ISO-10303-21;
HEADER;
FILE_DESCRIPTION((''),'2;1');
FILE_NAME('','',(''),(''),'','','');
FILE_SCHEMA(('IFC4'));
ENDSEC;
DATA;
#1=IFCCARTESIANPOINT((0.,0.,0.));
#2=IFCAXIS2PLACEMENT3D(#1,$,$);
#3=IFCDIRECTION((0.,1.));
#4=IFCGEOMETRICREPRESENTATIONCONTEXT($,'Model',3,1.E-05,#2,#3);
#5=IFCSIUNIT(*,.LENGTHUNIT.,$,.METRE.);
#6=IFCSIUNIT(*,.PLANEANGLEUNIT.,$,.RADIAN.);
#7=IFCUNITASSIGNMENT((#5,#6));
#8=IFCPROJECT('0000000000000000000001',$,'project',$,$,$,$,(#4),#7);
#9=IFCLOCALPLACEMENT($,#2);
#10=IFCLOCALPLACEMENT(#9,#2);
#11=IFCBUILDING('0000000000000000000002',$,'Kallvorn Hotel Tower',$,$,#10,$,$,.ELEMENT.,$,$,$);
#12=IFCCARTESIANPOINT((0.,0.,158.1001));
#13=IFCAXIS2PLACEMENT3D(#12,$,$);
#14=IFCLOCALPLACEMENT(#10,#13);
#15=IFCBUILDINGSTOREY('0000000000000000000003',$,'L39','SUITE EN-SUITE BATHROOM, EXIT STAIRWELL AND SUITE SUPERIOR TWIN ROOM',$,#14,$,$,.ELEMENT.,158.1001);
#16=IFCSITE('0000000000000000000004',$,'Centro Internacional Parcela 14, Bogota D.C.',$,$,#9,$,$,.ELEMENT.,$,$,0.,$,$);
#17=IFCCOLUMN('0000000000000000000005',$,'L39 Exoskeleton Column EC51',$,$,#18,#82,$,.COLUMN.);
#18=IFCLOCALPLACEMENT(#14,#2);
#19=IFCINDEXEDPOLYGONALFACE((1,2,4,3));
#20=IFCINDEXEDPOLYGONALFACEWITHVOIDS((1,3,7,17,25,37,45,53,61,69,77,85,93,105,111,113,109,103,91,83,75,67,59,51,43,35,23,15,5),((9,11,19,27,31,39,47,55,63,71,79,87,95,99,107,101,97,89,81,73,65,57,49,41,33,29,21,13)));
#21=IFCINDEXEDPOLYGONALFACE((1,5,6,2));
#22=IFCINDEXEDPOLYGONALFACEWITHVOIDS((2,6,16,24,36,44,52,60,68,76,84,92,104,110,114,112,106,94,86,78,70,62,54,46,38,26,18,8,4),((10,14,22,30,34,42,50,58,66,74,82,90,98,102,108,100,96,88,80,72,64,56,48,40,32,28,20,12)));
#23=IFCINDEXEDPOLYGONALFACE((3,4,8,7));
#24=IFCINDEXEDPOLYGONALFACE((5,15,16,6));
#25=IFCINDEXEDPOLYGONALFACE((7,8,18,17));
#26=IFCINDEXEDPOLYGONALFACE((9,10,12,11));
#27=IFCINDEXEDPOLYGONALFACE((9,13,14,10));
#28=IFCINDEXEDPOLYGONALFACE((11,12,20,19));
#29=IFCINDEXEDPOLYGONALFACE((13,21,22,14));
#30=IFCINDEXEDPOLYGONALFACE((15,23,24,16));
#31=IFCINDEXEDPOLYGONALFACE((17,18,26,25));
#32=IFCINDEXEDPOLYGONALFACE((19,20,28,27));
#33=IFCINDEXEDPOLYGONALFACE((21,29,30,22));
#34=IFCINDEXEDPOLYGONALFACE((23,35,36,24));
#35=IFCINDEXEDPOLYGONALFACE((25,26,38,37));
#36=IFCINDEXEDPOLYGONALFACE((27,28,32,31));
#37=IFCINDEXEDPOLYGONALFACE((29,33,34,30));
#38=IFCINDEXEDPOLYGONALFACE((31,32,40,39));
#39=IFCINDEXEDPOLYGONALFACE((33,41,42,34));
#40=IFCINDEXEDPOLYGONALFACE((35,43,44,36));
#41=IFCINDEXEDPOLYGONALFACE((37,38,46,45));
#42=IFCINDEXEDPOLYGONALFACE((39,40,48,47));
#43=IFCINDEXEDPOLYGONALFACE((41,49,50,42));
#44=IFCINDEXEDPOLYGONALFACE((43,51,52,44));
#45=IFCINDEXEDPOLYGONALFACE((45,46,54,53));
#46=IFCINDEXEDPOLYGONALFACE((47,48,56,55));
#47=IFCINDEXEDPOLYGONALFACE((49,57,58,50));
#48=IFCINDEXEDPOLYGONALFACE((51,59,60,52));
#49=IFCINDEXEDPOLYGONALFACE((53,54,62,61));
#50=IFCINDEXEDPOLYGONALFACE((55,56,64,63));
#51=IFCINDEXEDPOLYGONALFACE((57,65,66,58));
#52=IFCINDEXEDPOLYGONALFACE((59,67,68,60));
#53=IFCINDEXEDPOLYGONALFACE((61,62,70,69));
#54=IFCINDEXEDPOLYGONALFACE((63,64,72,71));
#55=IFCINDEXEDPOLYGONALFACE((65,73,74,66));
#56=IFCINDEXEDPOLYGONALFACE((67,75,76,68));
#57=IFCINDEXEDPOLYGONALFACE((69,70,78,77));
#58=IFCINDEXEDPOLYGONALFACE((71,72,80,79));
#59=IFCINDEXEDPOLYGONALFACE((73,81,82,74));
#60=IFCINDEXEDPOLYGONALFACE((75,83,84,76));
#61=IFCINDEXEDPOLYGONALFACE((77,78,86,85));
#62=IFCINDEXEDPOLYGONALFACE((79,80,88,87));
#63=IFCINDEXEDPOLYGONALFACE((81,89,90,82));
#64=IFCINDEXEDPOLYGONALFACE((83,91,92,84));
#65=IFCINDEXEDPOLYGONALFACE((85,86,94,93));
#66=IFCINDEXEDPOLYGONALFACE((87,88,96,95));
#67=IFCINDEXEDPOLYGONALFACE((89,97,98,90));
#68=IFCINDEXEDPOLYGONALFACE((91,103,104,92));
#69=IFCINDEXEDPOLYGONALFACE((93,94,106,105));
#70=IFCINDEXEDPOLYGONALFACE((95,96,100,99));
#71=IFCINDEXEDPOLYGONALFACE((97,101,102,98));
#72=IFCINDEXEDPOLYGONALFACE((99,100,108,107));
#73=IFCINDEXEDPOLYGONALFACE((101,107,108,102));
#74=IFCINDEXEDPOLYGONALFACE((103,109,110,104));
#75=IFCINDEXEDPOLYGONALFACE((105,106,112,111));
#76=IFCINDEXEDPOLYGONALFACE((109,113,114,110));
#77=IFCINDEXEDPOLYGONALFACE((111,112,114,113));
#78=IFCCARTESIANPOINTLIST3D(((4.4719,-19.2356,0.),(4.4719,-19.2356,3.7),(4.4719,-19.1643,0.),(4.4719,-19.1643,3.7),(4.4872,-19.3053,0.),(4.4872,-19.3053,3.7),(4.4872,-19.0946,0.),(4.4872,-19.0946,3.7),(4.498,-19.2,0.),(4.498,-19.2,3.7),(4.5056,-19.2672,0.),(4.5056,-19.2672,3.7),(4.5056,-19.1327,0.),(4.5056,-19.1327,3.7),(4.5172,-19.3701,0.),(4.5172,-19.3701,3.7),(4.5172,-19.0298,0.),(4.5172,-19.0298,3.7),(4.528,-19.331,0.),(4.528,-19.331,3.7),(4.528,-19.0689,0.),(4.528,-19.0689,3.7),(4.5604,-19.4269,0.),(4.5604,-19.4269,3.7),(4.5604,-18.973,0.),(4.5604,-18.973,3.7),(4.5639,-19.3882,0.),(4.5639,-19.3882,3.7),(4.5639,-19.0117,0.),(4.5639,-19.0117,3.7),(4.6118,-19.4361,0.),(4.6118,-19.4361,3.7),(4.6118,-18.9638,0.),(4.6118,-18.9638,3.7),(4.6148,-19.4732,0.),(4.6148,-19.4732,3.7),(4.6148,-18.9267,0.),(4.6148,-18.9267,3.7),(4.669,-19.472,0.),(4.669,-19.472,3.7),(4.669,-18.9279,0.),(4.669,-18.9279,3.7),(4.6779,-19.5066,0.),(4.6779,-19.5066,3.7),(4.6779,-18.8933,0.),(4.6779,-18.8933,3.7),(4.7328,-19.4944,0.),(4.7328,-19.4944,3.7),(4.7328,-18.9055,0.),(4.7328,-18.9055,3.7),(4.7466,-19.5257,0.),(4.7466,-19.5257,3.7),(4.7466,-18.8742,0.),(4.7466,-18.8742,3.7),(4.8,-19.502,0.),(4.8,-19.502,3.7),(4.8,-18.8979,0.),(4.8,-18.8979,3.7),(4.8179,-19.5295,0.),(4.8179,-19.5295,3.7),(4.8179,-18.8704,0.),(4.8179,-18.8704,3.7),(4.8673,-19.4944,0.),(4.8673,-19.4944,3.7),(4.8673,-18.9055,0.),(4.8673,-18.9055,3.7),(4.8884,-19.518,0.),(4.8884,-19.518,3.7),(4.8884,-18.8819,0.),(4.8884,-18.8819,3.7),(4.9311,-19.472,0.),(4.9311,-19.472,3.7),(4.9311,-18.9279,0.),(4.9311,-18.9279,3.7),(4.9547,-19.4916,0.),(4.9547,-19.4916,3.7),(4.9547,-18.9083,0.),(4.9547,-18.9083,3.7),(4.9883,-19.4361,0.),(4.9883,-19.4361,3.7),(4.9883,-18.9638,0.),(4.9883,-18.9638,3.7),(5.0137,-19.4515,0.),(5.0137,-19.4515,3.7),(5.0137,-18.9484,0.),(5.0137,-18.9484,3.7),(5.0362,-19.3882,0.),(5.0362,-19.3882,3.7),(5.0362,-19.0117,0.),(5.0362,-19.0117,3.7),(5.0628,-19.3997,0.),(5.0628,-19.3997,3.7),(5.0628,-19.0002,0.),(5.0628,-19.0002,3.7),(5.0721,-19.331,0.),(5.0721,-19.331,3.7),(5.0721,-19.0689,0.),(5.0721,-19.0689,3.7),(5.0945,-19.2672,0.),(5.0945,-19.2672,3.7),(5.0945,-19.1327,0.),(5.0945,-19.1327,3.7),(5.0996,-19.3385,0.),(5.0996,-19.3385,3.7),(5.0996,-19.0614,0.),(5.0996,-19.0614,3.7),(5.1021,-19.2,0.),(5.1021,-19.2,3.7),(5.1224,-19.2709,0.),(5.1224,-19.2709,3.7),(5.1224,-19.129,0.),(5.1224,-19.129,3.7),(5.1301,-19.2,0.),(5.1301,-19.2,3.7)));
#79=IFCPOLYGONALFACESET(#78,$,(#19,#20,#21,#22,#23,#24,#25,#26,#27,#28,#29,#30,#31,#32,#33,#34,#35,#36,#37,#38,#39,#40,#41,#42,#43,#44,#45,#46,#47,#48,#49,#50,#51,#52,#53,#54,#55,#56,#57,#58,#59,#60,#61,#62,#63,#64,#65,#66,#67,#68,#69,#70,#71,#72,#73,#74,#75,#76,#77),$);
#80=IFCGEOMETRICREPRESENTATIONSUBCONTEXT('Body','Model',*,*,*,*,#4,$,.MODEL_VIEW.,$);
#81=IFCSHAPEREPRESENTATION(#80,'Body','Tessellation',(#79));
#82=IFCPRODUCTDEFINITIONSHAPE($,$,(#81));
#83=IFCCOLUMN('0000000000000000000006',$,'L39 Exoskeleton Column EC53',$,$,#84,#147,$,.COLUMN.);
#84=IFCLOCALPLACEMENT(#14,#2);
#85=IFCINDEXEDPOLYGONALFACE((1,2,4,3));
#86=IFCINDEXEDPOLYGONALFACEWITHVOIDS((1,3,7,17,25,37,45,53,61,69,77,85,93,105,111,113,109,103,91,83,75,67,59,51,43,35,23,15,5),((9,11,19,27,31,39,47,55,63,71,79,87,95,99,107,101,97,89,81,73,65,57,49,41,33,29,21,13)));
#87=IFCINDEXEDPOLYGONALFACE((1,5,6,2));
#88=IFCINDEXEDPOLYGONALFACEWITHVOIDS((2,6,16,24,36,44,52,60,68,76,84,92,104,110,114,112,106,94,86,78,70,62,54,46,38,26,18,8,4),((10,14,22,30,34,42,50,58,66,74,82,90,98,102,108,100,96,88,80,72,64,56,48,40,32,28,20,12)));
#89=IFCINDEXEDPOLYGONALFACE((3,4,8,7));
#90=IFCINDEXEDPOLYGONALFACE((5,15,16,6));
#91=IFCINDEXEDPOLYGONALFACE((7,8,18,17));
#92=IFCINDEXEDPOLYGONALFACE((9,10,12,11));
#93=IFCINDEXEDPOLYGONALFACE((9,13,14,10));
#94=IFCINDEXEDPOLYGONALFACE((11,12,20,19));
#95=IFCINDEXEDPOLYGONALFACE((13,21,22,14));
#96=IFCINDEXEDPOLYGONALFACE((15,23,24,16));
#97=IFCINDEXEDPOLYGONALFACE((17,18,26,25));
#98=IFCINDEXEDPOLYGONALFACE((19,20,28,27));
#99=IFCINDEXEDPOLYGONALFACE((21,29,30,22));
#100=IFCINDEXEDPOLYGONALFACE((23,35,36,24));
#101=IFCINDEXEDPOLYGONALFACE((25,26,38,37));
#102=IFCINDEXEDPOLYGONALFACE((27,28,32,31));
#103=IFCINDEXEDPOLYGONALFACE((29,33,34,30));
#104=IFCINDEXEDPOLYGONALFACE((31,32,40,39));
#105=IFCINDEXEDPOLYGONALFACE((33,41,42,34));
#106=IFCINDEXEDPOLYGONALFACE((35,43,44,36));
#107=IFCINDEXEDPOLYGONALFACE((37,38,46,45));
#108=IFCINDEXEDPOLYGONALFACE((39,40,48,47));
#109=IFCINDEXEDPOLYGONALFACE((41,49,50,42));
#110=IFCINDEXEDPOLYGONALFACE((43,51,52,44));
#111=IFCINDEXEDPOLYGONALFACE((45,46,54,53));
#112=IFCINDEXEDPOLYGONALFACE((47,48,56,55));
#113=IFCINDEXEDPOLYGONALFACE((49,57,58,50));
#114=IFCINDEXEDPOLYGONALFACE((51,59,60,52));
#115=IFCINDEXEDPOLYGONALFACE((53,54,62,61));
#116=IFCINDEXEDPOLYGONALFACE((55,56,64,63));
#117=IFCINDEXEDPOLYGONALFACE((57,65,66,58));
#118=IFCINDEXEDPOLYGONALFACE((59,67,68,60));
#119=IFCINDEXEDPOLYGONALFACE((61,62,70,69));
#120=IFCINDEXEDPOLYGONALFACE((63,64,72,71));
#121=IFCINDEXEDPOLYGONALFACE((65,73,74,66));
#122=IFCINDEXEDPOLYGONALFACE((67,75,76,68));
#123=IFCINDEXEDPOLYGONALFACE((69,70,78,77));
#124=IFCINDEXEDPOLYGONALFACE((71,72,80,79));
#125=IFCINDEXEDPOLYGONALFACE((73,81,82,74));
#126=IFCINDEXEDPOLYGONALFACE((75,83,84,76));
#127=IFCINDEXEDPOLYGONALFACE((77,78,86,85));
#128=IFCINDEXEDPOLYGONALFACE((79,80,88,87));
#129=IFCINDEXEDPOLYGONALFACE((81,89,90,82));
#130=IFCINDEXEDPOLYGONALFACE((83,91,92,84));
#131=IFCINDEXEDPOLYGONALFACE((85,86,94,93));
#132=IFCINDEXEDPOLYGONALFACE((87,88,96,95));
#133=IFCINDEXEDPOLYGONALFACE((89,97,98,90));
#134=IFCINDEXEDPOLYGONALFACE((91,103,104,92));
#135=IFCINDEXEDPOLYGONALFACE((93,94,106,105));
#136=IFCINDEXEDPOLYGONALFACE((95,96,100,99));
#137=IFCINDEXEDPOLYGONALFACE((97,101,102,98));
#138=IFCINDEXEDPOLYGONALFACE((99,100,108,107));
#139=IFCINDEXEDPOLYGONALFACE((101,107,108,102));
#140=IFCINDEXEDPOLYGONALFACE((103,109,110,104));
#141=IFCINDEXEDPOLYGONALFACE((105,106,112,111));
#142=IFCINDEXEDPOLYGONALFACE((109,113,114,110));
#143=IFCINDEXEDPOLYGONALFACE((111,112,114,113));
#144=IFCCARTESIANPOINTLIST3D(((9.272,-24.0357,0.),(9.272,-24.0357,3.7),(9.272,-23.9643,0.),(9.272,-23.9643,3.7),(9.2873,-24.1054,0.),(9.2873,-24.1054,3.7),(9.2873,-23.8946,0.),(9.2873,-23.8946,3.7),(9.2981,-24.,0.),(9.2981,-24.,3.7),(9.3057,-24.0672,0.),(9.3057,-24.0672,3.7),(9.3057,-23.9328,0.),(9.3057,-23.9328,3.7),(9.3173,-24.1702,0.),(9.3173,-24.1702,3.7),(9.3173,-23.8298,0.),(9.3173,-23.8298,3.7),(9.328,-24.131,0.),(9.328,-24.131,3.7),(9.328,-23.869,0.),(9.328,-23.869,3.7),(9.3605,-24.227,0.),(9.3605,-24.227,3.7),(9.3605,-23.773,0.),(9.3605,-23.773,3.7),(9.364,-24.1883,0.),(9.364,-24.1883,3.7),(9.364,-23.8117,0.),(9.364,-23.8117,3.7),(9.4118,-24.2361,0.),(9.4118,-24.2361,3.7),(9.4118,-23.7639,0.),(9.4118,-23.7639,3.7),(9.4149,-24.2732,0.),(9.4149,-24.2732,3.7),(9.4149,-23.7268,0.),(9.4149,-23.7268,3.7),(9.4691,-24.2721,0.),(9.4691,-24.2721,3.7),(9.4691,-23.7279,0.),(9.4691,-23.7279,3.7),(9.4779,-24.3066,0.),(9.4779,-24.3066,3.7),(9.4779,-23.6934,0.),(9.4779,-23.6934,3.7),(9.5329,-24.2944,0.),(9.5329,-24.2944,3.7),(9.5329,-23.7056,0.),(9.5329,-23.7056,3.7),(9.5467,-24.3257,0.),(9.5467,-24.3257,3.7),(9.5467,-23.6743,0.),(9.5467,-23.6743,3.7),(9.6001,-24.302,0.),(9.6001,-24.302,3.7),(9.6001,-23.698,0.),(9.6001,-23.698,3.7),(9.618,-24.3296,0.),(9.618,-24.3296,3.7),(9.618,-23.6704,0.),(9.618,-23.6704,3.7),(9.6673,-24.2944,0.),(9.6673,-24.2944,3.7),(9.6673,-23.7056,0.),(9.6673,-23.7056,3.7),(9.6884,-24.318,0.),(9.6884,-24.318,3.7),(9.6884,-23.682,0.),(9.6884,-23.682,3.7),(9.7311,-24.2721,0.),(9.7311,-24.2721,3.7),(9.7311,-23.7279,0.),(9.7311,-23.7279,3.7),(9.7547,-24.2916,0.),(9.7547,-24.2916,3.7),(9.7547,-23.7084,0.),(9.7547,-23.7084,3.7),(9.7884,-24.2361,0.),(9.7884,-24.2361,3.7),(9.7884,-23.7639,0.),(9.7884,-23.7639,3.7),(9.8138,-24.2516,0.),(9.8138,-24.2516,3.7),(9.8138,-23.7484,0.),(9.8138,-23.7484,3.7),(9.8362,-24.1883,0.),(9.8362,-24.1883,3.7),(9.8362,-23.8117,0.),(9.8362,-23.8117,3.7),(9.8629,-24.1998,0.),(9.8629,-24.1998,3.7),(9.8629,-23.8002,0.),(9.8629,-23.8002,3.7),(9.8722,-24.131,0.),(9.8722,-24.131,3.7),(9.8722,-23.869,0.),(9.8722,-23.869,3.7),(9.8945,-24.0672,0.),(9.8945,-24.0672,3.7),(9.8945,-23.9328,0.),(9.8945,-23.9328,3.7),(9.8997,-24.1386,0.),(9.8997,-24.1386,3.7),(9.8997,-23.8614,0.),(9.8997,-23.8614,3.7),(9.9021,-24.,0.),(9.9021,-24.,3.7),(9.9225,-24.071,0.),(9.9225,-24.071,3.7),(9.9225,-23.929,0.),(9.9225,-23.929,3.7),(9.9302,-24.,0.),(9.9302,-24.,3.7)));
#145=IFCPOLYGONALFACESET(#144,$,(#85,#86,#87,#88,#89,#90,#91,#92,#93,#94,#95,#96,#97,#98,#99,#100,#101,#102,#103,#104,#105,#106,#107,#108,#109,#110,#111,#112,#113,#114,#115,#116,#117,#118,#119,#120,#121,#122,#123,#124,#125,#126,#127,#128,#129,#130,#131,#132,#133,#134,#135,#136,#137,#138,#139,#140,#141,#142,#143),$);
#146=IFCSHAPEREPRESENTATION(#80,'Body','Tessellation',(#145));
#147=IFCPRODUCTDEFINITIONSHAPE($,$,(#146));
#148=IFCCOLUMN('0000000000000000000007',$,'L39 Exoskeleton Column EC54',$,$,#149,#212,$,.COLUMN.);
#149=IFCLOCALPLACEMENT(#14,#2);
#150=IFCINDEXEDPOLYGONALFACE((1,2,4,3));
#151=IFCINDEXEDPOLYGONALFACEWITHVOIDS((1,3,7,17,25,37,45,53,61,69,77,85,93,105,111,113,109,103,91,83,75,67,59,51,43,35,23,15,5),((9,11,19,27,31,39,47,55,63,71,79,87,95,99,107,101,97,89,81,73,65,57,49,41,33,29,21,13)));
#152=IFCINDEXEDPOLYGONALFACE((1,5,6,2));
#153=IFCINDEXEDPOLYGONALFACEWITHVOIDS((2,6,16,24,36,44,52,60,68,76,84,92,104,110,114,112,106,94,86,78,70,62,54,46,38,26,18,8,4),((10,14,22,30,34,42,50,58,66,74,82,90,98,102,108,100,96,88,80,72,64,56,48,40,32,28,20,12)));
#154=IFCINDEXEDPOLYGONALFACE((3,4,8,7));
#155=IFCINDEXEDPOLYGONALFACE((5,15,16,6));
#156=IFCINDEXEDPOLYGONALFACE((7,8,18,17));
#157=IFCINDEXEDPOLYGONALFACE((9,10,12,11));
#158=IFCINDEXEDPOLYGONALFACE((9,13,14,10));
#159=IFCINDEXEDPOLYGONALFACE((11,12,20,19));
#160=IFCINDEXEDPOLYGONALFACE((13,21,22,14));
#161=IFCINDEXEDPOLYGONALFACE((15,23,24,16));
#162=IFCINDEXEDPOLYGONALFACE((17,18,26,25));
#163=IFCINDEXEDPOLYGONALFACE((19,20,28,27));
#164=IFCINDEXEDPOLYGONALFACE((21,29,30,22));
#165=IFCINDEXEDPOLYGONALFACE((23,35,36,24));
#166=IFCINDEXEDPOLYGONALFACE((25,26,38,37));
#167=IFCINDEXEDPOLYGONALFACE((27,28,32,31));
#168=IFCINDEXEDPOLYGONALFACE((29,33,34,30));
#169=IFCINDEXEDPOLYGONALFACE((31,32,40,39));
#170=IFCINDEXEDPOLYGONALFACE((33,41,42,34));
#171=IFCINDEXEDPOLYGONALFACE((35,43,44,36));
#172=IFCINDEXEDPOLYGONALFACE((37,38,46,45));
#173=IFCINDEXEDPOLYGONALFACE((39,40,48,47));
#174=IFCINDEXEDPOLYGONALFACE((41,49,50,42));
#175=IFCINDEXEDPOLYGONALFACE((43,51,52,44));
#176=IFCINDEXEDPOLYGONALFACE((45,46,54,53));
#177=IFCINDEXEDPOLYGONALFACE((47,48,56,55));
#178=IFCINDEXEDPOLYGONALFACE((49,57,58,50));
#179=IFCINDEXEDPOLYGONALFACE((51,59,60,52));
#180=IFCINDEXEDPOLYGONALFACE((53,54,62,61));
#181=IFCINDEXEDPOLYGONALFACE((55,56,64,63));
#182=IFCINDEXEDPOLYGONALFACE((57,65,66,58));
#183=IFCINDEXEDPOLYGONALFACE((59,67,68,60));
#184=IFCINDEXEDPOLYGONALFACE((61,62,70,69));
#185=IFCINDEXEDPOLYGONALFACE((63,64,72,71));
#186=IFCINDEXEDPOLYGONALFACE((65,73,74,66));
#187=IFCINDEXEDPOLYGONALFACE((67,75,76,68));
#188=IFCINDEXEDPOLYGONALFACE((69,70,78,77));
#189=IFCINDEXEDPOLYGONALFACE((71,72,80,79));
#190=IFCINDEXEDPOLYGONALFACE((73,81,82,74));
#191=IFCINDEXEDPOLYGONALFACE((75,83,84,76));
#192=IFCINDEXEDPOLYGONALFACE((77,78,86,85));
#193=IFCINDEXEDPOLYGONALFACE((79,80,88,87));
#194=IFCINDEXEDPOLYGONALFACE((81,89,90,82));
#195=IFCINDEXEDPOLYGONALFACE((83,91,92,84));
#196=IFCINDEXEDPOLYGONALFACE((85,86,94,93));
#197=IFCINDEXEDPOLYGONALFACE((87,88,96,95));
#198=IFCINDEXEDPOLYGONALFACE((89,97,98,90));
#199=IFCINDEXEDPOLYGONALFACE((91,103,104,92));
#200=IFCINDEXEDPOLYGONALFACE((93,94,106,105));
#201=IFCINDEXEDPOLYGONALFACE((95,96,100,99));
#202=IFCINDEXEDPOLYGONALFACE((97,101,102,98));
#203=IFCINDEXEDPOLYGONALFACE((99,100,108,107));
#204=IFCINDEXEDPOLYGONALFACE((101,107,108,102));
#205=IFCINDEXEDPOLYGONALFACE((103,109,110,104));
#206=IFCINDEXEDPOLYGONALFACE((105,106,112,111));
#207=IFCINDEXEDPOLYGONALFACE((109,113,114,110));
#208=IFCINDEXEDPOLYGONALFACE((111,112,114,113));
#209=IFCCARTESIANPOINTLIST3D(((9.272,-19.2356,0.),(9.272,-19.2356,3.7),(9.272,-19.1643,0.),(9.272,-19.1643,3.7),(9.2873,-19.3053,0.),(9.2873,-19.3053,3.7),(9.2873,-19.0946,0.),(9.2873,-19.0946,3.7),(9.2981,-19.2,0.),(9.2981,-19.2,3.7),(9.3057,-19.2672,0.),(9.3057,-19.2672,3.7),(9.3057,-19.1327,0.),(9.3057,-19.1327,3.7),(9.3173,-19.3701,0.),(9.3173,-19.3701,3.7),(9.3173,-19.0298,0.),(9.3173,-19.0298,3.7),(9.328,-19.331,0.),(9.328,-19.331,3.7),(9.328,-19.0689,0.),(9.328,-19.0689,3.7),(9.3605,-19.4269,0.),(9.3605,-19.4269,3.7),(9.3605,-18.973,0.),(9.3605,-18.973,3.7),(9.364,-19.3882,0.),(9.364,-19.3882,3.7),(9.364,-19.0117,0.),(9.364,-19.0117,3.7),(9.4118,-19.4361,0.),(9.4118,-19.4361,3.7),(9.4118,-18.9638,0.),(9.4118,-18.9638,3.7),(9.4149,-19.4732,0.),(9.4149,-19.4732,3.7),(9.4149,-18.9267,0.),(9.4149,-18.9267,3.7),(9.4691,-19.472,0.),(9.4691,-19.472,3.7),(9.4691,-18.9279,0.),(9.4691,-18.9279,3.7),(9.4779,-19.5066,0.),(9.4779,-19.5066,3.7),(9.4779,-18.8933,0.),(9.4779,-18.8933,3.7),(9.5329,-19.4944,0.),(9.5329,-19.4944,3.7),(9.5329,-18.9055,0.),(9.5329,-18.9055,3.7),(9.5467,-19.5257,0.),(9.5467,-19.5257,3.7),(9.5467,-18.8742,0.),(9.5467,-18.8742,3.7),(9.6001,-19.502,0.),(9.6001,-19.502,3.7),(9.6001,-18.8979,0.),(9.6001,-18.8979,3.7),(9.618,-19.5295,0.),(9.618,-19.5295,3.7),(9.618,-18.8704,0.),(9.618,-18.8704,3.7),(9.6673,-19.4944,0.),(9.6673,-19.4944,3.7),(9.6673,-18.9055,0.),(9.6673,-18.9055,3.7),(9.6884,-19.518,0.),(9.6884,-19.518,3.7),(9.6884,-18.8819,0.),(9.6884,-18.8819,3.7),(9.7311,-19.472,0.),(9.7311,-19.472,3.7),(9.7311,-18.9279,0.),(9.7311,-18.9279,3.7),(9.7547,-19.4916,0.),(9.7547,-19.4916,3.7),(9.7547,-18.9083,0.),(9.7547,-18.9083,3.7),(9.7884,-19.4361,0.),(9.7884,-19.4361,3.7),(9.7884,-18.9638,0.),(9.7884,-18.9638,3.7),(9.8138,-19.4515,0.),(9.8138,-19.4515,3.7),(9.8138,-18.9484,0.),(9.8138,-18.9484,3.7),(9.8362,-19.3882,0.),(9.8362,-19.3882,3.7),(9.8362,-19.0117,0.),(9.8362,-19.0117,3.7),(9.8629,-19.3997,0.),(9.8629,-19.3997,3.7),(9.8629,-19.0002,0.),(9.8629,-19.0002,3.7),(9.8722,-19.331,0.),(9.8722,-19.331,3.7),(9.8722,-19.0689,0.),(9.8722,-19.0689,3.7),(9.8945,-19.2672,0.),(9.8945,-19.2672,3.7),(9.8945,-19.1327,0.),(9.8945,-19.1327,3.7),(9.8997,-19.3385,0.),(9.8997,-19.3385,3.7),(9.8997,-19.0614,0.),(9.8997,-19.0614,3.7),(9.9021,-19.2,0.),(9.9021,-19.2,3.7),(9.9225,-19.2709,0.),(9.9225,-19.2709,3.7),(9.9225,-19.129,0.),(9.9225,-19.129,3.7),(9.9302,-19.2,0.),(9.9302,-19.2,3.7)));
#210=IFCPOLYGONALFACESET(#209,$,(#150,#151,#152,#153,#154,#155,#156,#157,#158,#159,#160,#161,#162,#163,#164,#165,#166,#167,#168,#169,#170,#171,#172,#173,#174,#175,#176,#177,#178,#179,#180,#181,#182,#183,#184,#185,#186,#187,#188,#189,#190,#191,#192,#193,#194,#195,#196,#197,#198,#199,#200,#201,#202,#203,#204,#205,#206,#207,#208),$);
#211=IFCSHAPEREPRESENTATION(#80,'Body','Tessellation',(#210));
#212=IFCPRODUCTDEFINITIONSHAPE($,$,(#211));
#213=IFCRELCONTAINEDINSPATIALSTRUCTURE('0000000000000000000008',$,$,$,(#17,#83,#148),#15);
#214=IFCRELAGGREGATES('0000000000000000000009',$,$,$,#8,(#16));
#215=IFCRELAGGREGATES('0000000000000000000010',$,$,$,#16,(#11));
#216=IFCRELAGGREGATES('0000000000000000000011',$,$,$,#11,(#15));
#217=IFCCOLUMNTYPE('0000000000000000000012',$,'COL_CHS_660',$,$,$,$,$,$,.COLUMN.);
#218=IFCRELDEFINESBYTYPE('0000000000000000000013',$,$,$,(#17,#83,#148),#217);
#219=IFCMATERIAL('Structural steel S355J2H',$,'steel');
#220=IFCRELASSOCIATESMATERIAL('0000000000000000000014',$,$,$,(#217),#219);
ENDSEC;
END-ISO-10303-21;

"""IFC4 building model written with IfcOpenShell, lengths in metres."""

from ifc_helpers import new_model, si_unit, direction, frame, origin, origin_2d, place, context, subcontext, project, spatial, hollow_circle, extrude, material, material_profile, profile_set, type_object, element, save


model = new_model("IFC4")

# Units and contexts
model_context = context("Model", 3, precision=1e-05, world=origin(), true_north=direction((0.0, 1.0)))
body_context = subcontext(model_context, "Body", "Model", "MODEL_VIEW")
ifc_project = project(units=[si_unit("LENGTHUNIT", "METRE"), si_unit("PLANEANGLEUNIT", "RADIAN")], contexts=[model_context])

# Site, building, storey
site_placement = place(None, origin())
site = spatial("IfcSite", under=ifc_project, at=site_placement, Name="Centro Internacional Parcela 14, Bogota D.C.", CompositionType="ELEMENT", RefElevation=0.0)
building_placement = place(site_placement, origin())
building = spatial("IfcBuilding", under=site, at=building_placement, Name="Kallvorn Hotel Tower", CompositionType="ELEMENT")
storey_placement = place(building_placement, frame((0.0, 0.0, 158.1001)))
storey = spatial("IfcBuildingStorey", under=building, at=storey_placement, Name="L39", Description="SUITE EN-SUITE BATHROOM, EXIT STAIRWELL AND SUITE SUPERIOR TWIN ROOM", CompositionType="ELEMENT", Elevation=158.1001)

# Columns
ifc_material_1 = material(Name="Structural steel S355J2H", Category="steel")
ifc_material_profile_1 = material_profile(ifc_material_1, hollow_circle(Radius=0.3301, WallThickness=0.0281, at=origin_2d()), Name="CHS 660x28")
ifc_profile_set_1 = profile_set([ifc_material_profile_1], Name="Structural steel S355J2H")
column_type_1 = type_object("IfcColumnType", Name="COL_CHS_660", PredefinedType="COLUMN", material=ifc_profile_set_1)
for number, where, z_axis, x_axis, name in (
    (1, (4.8, -19.2, 0.0), (0.0, 0.0, 1.0), (1.0, 0.0, 0.0), "L39 Exoskeleton Column EC51"),
    (2, (9.6001, -24.0, 0.0), (0.0, 0.0, 1.0), (1.0, 0.0, 0.0), "L39 Exoskeleton Column EC53"),
    (3, (9.6001, -19.2, 0.0), (0.0, 0.0, 1.0), (1.0, 0.0, 0.0), "L39 Exoskeleton Column EC54"),
):
    element("IfcColumn", number, at=place(storey_placement, frame(where, z_axis=z_axis, x_axis=x_axis)), inside=storey, type_object=column_type_1, Name=name, PredefinedType="COLUMN", context=body_context, shape_type="SweptSolid", body=[
        extrude(hollow_circle(Radius=0.3301, WallThickness=0.0281, at=origin_2d()), origin(), (0.0, 0.0, 1.0), 3.7),
    ])

save(model, "model.ifc")
